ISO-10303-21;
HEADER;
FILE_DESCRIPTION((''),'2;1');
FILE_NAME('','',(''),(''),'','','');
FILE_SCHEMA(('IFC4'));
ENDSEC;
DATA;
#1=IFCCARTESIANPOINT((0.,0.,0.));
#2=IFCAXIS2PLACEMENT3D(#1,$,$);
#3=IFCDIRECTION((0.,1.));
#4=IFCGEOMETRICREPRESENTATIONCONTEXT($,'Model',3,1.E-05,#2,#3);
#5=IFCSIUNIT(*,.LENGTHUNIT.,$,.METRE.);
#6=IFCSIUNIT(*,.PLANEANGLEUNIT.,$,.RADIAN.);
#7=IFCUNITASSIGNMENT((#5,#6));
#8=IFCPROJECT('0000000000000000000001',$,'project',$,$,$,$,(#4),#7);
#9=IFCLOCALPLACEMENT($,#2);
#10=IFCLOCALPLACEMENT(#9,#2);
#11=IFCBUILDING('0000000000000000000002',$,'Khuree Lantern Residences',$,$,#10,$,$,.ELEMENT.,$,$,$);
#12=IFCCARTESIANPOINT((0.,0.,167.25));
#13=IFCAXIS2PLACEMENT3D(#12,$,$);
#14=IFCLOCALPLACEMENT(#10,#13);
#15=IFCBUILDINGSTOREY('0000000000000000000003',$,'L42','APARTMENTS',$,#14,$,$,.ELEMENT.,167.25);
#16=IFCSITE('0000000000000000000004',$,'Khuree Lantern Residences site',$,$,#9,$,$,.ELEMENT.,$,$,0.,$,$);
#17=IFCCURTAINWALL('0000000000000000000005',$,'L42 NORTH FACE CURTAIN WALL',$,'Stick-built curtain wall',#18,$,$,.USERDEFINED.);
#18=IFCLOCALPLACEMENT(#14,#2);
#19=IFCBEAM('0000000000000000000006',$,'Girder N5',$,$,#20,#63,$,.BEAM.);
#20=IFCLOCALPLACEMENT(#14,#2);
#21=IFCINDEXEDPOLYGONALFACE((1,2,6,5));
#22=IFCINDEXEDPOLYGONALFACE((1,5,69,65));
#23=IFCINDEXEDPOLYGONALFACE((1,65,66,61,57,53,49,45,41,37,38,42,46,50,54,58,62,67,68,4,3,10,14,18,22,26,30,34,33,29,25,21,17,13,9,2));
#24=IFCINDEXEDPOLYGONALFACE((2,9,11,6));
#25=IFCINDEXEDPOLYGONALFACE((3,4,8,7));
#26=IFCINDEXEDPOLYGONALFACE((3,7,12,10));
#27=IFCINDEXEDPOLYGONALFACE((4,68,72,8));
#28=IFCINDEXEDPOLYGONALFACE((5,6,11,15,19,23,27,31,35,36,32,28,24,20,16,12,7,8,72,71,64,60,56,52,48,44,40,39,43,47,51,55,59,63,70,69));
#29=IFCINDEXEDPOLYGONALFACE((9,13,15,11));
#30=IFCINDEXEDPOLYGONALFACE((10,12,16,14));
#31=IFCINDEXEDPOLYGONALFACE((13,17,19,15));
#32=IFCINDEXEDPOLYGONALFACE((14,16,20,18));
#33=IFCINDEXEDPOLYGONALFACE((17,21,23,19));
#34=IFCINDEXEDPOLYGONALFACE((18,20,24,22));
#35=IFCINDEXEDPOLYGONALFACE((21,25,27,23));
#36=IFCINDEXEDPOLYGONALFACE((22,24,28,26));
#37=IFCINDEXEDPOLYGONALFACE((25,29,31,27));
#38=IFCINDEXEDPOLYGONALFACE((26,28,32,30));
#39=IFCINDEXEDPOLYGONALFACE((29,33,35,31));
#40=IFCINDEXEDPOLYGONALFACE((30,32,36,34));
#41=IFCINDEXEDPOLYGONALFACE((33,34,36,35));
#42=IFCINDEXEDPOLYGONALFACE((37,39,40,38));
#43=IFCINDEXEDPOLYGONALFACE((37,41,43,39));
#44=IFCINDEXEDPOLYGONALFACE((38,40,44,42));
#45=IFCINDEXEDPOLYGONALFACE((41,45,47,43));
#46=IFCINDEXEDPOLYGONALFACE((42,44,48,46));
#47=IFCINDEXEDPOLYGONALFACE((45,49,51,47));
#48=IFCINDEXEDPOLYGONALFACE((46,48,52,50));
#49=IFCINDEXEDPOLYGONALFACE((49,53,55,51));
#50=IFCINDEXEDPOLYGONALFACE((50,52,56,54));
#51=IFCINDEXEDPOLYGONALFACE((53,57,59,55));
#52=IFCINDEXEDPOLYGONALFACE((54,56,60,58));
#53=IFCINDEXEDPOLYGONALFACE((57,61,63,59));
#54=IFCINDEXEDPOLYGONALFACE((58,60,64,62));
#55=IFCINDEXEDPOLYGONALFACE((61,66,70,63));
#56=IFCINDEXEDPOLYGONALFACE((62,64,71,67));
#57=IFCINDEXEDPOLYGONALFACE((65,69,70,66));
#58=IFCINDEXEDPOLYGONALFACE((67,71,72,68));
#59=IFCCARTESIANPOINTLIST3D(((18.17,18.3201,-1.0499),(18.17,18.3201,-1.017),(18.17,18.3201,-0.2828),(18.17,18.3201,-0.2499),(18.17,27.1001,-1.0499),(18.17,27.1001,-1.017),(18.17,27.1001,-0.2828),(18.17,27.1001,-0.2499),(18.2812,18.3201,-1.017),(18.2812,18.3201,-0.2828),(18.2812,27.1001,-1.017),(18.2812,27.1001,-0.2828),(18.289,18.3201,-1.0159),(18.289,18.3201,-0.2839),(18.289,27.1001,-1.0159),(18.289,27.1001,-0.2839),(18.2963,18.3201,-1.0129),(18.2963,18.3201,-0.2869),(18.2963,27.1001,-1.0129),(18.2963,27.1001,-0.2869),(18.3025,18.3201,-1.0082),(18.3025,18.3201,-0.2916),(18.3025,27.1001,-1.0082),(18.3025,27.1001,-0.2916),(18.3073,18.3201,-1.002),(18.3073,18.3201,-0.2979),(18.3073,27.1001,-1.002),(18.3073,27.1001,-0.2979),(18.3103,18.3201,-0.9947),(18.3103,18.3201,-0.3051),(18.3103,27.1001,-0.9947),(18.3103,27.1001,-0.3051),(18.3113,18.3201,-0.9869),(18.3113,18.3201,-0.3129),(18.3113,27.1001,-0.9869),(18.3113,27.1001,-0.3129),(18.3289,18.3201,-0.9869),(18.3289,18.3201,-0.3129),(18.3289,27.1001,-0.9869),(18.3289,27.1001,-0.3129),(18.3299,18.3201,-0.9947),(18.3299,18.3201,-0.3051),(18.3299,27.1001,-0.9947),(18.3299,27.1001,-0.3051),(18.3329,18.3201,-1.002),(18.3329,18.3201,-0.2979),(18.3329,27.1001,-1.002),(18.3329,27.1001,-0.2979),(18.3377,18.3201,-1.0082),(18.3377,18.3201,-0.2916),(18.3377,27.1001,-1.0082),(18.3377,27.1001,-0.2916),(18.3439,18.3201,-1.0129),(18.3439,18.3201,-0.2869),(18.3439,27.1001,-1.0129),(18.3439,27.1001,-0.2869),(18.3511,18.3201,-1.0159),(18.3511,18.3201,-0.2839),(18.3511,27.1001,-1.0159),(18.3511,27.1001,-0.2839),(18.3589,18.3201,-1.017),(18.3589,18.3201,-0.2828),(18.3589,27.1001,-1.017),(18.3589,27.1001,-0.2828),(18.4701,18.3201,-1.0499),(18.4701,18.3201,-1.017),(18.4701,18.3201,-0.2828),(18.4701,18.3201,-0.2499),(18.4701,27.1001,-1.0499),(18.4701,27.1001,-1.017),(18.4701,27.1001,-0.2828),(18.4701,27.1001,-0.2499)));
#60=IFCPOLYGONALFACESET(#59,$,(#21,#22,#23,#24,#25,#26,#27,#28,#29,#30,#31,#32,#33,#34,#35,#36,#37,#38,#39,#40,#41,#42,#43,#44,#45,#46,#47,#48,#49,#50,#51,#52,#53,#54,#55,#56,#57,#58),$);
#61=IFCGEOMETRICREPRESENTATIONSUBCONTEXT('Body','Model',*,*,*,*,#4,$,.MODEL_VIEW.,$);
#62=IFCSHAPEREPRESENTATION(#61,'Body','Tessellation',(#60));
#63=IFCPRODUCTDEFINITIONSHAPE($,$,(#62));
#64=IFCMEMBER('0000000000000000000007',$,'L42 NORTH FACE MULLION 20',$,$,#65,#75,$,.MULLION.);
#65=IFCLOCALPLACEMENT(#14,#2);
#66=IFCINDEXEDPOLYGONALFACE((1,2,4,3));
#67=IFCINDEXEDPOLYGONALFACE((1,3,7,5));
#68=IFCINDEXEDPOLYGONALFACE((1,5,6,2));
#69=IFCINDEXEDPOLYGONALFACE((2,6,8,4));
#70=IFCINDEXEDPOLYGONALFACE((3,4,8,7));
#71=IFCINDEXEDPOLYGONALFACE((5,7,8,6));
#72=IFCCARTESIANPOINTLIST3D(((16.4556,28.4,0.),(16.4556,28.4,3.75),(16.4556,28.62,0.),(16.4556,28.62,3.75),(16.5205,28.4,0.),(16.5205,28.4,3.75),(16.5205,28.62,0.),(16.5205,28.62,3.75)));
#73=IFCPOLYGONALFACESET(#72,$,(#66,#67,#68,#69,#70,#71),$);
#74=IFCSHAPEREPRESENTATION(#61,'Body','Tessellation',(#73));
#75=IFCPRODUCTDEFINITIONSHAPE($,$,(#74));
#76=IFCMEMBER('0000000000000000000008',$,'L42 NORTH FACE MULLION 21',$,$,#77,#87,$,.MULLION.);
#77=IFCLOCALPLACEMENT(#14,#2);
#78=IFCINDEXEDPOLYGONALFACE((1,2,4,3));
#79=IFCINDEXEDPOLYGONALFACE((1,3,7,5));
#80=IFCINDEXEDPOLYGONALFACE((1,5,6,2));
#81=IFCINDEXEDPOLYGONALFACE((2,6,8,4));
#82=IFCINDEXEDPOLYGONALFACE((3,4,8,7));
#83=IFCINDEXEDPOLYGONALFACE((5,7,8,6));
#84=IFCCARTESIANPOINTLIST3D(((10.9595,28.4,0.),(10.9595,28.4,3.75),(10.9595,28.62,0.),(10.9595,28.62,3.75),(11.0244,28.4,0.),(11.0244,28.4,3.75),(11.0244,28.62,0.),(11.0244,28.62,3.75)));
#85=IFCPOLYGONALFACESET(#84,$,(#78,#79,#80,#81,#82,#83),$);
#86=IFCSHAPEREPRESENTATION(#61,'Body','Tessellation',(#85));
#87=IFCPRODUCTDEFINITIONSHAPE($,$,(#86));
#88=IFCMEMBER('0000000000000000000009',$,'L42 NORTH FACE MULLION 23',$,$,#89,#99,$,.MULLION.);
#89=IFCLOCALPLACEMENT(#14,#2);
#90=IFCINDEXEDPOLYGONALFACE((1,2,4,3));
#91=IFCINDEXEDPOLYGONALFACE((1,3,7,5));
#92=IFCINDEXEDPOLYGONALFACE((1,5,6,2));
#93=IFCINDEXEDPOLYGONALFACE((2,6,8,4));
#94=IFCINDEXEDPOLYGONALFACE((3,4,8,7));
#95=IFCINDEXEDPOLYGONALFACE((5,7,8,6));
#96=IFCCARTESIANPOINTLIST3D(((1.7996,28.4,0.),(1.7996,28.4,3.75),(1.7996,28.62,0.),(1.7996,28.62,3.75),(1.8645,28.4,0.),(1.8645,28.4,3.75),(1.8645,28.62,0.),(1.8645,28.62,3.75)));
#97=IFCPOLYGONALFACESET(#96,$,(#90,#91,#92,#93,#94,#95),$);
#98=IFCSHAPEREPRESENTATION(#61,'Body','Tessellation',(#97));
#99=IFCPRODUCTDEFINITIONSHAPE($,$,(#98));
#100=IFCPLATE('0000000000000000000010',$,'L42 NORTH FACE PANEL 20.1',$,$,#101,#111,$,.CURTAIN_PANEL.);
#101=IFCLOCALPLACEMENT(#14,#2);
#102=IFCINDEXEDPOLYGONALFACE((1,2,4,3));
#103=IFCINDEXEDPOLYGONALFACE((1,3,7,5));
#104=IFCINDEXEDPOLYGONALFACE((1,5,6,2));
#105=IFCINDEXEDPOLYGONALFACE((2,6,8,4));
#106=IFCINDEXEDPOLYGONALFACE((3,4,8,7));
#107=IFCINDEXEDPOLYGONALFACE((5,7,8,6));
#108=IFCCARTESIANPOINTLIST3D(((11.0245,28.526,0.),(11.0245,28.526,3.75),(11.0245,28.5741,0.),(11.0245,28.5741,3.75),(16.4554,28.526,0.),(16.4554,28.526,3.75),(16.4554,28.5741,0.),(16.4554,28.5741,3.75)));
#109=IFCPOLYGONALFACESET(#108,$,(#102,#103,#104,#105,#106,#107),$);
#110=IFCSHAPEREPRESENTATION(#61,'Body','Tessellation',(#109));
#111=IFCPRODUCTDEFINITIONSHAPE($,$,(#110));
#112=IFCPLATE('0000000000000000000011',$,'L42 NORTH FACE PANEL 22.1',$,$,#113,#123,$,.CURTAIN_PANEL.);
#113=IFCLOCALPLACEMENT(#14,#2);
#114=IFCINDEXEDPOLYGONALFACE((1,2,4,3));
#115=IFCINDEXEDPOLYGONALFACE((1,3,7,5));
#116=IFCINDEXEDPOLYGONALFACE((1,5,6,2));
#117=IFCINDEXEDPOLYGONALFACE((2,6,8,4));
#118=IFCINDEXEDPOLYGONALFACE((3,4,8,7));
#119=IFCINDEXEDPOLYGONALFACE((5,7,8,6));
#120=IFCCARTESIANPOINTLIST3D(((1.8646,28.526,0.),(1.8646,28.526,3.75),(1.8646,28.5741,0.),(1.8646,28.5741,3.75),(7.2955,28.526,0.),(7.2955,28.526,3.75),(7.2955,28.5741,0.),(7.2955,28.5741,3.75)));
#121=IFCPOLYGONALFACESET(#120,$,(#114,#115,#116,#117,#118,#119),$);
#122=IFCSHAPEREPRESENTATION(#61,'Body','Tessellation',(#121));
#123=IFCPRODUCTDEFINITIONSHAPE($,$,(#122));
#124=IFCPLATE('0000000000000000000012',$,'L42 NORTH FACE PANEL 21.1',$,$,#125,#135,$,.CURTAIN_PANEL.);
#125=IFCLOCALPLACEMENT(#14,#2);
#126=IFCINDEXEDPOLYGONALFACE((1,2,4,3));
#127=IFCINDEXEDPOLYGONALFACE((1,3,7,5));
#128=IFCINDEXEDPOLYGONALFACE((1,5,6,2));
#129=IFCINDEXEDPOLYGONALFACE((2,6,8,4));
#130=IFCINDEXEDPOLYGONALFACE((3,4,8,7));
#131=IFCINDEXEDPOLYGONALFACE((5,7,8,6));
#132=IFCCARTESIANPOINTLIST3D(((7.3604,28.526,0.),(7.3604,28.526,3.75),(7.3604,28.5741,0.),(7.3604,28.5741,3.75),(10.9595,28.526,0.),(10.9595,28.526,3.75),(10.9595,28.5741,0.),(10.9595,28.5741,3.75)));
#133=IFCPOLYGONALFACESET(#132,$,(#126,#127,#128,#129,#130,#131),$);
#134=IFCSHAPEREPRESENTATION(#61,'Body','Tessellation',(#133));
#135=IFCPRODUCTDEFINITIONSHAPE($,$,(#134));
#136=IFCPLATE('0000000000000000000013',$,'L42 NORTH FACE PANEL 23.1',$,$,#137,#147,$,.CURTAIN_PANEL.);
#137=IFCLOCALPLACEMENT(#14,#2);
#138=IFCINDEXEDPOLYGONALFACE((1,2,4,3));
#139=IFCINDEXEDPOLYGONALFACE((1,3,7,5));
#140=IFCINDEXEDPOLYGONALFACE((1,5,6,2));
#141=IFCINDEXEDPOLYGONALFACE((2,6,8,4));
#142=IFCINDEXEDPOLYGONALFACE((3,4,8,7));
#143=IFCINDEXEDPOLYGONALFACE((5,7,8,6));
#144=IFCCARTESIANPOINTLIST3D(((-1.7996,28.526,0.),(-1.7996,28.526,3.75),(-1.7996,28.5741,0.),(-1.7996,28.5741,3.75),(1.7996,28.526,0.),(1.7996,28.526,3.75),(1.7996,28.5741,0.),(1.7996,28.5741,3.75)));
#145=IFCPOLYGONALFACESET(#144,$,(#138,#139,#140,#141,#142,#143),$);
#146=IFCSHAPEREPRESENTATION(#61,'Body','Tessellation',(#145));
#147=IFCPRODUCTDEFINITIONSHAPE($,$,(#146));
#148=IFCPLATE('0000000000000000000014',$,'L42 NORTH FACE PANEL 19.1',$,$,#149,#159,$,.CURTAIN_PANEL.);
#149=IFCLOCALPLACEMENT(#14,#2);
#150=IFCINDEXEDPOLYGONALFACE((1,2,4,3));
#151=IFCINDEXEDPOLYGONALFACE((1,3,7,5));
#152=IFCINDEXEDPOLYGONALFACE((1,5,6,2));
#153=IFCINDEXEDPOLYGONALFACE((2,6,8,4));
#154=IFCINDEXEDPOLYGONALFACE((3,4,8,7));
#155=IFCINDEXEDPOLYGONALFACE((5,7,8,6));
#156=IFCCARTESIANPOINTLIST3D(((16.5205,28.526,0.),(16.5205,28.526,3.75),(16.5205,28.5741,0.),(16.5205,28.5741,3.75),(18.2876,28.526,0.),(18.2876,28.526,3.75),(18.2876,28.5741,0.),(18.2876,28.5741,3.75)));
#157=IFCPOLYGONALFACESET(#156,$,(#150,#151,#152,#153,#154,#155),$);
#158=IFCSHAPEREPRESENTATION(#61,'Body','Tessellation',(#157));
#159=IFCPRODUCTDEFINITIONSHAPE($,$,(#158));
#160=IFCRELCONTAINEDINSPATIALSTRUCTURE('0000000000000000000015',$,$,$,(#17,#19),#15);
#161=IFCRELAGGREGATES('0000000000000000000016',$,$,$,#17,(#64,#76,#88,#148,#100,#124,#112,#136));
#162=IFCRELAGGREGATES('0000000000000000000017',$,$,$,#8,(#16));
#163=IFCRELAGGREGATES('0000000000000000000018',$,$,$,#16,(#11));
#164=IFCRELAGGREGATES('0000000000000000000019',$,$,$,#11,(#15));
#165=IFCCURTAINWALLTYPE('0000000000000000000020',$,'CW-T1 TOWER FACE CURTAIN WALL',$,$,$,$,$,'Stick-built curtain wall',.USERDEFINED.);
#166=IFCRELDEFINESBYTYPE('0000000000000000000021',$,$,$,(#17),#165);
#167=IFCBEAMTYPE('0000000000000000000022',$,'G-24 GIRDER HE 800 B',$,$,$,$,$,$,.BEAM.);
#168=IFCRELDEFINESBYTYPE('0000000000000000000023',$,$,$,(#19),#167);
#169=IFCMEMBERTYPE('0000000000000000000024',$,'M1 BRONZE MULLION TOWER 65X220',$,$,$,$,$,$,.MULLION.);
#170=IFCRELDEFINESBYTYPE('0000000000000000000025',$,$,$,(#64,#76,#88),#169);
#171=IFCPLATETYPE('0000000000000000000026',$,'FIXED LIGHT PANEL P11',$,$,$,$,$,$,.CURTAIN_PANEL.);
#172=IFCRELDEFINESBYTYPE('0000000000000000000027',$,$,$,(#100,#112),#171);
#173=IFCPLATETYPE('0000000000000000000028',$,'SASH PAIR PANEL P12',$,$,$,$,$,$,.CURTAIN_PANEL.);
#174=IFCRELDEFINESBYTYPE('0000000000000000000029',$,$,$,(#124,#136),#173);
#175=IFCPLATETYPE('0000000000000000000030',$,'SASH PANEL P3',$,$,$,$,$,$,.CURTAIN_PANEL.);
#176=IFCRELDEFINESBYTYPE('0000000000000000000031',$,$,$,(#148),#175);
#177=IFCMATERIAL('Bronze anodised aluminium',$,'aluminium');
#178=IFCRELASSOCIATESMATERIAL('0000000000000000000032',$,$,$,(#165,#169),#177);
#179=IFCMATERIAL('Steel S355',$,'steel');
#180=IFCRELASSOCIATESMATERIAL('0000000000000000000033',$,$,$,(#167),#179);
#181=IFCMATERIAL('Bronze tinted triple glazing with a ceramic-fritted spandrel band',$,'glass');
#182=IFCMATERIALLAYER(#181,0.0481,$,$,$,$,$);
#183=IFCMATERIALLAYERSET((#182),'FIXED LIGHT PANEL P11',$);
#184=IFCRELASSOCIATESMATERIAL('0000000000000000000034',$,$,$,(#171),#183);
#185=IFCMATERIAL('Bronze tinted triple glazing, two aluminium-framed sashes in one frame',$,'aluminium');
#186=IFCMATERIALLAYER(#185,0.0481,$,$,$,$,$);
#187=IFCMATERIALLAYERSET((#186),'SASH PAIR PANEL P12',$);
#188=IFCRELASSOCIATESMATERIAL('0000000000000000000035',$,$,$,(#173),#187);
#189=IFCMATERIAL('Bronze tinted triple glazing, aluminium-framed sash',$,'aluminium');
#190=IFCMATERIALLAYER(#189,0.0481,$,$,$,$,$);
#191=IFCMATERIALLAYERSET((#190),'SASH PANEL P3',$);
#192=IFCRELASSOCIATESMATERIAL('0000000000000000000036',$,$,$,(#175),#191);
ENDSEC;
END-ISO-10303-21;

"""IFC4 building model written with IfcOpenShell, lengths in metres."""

from ifc_helpers import new_model, si_unit, direction, frame, origin, origin_2d, place, context, subcontext, project, spatial, rectangle, i_section, extrude, material, layer, layer_set, material_profile, profile_set, type_object, element, aggregate, save


model = new_model("IFC4")

# Units and contexts
model_context = context("Model", 3, precision=1e-05, world=origin(), true_north=direction((0.0, 1.0)))
body_context = subcontext(model_context, "Body", "Model", "MODEL_VIEW")
ifc_project = project(units=[si_unit("LENGTHUNIT", "METRE"), si_unit("PLANEANGLEUNIT", "RADIAN")], contexts=[model_context])

# Site, building, storey
site_placement = place(None, origin())
site = spatial("IfcSite", under=ifc_project, at=site_placement, Name="Khuree Lantern Residences site", CompositionType="ELEMENT", RefElevation=0.0)
building_placement = place(site_placement, origin())
building = spatial("IfcBuilding", under=site, at=building_placement, Name="Khuree Lantern Residences", CompositionType="ELEMENT")
storey_placement = place(building_placement, frame((0.0, 0.0, 167.25)))
storey = spatial("IfcBuildingStorey", under=building, at=storey_placement, Name="L42", Description="APARTMENTS", CompositionType="ELEMENT", Elevation=167.25)

# Shared definitions
ifc_material_1 = material(Name="Steel S355", Category="steel")

# Curtain wall
ifc_material_2 = material(Name="Bronze anodised aluminium", Category="aluminium")
curtain_wall_type = type_object("IfcCurtainWallType", Name="CW-T1 TOWER FACE CURTAIN WALL", ElementType="Stick-built curtain wall", PredefinedType="USERDEFINED", material=ifc_material_2)
curtain_wall_placement = place(storey_placement, origin())
curtain_wall = element("IfcCurtainWall", 1, at=curtain_wall_placement, inside=storey, type_object=curtain_wall_type, Name="L42 NORTH FACE CURTAIN WALL", ObjectType="Stick-built curtain wall", PredefinedType="USERDEFINED")

# Beam
ifc_material_profile_1 = material_profile(ifc_material_1, i_section(OverallWidth=0.3, OverallDepth=0.8, WebThickness=0.0176, FlangeThickness=0.033, FilletRadius=0.03, at=origin_2d()), Name="HE 800 B")
ifc_profile_set_1 = profile_set([ifc_material_profile_1], Name="Steel S355")
beam_type_1 = type_object("IfcBeamType", Name="G-24 GIRDER HE 800 B", PredefinedType="BEAM", material=ifc_profile_set_1)
beam_1_placement = place(storey_placement, frame((18.3201, 27.1001, -0.6499), z_axis=(0.0, -1.0, 0.0), x_axis=(1.0, 0.0, 0.0)))
element("IfcBeam", 2, at=beam_1_placement, inside=storey, type_object=beam_type_1, Name="Girder N5", PredefinedType="BEAM", context=body_context, shape_type="SweptSolid", body=[
    extrude(i_section(OverallWidth=0.3, OverallDepth=0.8, WebThickness=0.0176, FlangeThickness=0.033, FilletRadius=0.03, at=origin_2d()), origin(), (0.0, 0.0, 1.0), 8.78),
])

# Members
ifc_material_profile_2 = material_profile(ifc_material_2, rectangle(XDim=0.0649, YDim=0.22, at=origin_2d()), Name="M1 65X220")
ifc_profile_set_2 = profile_set([ifc_material_profile_2], Name="Bronze anodised aluminium")
member_type_1 = type_object("IfcMemberType", Name="M1 BRONZE MULLION TOWER 65X220", PredefinedType="MULLION", material=ifc_profile_set_2)
member_1_placement = place(storey_placement, frame((16.488, 28.51, 0.0), z_axis=(0.0, 0.0, 1.0), x_axis=(-1.0, 0.0, 0.0)))
member_1 = element("IfcMember", 3, at=member_1_placement, type_object=member_type_1, Name="L42 NORTH FACE MULLION 20", PredefinedType="MULLION", context=body_context, shape_type="SweptSolid", body=[
    extrude(rectangle(XDim=0.0649, YDim=0.22, at=origin_2d()), origin(), (0.0, 0.0, 1.0), 3.75),
])
member_2_placement = place(storey_placement, frame((10.9919, 28.51, 0.0), z_axis=(0.0, 0.0, 1.0), x_axis=(-1.0, 0.0, 0.0)))
member_2 = element("IfcMember", 4, at=member_2_placement, type_object=member_type_1, Name="L42 NORTH FACE MULLION 21", PredefinedType="MULLION", context=body_context, shape_type="SweptSolid", body=[
    extrude(rectangle(XDim=0.0649, YDim=0.22, at=origin_2d()), origin(), (0.0, 0.0, 1.0), 3.75),
])
member_3_placement = place(storey_placement, frame((1.832, 28.51, 0.0), z_axis=(0.0, 0.0, 1.0), x_axis=(-1.0, 0.0, 0.0)))
member_3 = element("IfcMember", 5, at=member_3_placement, type_object=member_type_1, Name="L42 NORTH FACE MULLION 23", PredefinedType="MULLION", context=body_context, shape_type="SweptSolid", body=[
    extrude(rectangle(XDim=0.0649, YDim=0.22, at=origin_2d()), origin(), (0.0, 0.0, 1.0), 3.75),
])

# Plates
ifc_material_3 = material(Name="Bronze tinted triple glazing with a ceramic-fritted spandrel band", Category="glass")
ifc_layer_1 = layer(ifc_material_3, 0.0481)
ifc_layer_set_1 = layer_set([ifc_layer_1], Name="FIXED LIGHT PANEL P11")
plate_type_1 = type_object("IfcPlateType", Name="FIXED LIGHT PANEL P11", PredefinedType="CURTAIN_PANEL", material=ifc_layer_set_1)
plate_1_placement = place(storey_placement, frame((13.74, 28.55, 0.0), z_axis=(0.0, 0.0, 1.0), x_axis=(-1.0, 0.0, 0.0)))
plate_1 = element("IfcPlate", 6, at=plate_1_placement, type_object=plate_type_1, Name="L42 NORTH FACE PANEL 20.1", PredefinedType="CURTAIN_PANEL", context=body_context, shape_type="SweptSolid", body=[
    extrude(rectangle(XDim=5.4309, YDim=0.0481, at=origin_2d()), origin(), (0.0, 0.0, 1.0), 3.75),
])
plate_2_placement = place(storey_placement, frame((4.5801, 28.55, 0.0), z_axis=(0.0, 0.0, 1.0), x_axis=(-1.0, 0.0, 0.0)))
plate_2 = element("IfcPlate", 7, at=plate_2_placement, type_object=plate_type_1, Name="L42 NORTH FACE PANEL 22.1", PredefinedType="CURTAIN_PANEL", context=body_context, shape_type="SweptSolid", body=[
    extrude(rectangle(XDim=5.4309, YDim=0.0481, at=origin_2d()), origin(), (0.0, 0.0, 1.0), 3.75),
])
ifc_material_4 = material(Name="Bronze tinted triple glazing, two aluminium-framed sashes in one frame", Category="aluminium")
ifc_layer_2 = layer(ifc_material_4, 0.0481)
ifc_layer_set_2 = layer_set([ifc_layer_2], Name="SASH PAIR PANEL P12")
plate_type_2 = type_object("IfcPlateType", Name="SASH PAIR PANEL P12", PredefinedType="CURTAIN_PANEL", material=ifc_layer_set_2)
plate_3_placement = place(storey_placement, frame((9.1599, 28.55, 0.0), z_axis=(0.0, 0.0, 1.0), x_axis=(-1.0, 0.0, 0.0)))
plate_3 = element("IfcPlate", 8, at=plate_3_placement, type_object=plate_type_2, Name="L42 NORTH FACE PANEL 21.1", PredefinedType="CURTAIN_PANEL", context=body_context, shape_type="SweptSolid", body=[
    extrude(rectangle(XDim=3.5991, YDim=0.0481, at=origin_2d()), origin(), (0.0, 0.0, 1.0), 3.75),
])
plate_4_placement = place(storey_placement, frame((0.0, 28.55, 0.0), z_axis=(0.0, 0.0, 1.0), x_axis=(-1.0, 0.0, 0.0)))
plate_4 = element("IfcPlate", 9, at=plate_4_placement, type_object=plate_type_2, Name="L42 NORTH FACE PANEL 23.1", PredefinedType="CURTAIN_PANEL", context=body_context, shape_type="SweptSolid", body=[
    extrude(rectangle(XDim=3.5991, YDim=0.0481, at=origin_2d()), origin(), (0.0, 0.0, 1.0), 3.75),
])
ifc_material_5 = material(Name="Bronze tinted triple glazing, aluminium-framed sash", Category="aluminium")
ifc_layer_3 = layer(ifc_material_5, 0.0481)
ifc_layer_set_3 = layer_set([ifc_layer_3], Name="SASH PANEL P3")
plate_type_3 = type_object("IfcPlateType", Name="SASH PANEL P3", PredefinedType="CURTAIN_PANEL", material=ifc_layer_set_3)
plate_5_placement = place(storey_placement, frame((17.4041, 28.55, 0.0), z_axis=(0.0, 0.0, 1.0), x_axis=(-1.0, 0.0, 0.0)))
plate_5 = element("IfcPlate", 10, at=plate_5_placement, type_object=plate_type_3, Name="L42 NORTH FACE PANEL 19.1", PredefinedType="CURTAIN_PANEL", context=body_context, shape_type="SweptSolid", body=[
    extrude(rectangle(XDim=1.7671, YDim=0.0481, at=origin_2d()), origin(), (0.0, 0.0, 1.0), 3.75),
])
aggregate(curtain_wall, [member_1, member_2, member_3, plate_5, plate_1, plate_3, plate_2, plate_4])

save(model, "model.ifc")
